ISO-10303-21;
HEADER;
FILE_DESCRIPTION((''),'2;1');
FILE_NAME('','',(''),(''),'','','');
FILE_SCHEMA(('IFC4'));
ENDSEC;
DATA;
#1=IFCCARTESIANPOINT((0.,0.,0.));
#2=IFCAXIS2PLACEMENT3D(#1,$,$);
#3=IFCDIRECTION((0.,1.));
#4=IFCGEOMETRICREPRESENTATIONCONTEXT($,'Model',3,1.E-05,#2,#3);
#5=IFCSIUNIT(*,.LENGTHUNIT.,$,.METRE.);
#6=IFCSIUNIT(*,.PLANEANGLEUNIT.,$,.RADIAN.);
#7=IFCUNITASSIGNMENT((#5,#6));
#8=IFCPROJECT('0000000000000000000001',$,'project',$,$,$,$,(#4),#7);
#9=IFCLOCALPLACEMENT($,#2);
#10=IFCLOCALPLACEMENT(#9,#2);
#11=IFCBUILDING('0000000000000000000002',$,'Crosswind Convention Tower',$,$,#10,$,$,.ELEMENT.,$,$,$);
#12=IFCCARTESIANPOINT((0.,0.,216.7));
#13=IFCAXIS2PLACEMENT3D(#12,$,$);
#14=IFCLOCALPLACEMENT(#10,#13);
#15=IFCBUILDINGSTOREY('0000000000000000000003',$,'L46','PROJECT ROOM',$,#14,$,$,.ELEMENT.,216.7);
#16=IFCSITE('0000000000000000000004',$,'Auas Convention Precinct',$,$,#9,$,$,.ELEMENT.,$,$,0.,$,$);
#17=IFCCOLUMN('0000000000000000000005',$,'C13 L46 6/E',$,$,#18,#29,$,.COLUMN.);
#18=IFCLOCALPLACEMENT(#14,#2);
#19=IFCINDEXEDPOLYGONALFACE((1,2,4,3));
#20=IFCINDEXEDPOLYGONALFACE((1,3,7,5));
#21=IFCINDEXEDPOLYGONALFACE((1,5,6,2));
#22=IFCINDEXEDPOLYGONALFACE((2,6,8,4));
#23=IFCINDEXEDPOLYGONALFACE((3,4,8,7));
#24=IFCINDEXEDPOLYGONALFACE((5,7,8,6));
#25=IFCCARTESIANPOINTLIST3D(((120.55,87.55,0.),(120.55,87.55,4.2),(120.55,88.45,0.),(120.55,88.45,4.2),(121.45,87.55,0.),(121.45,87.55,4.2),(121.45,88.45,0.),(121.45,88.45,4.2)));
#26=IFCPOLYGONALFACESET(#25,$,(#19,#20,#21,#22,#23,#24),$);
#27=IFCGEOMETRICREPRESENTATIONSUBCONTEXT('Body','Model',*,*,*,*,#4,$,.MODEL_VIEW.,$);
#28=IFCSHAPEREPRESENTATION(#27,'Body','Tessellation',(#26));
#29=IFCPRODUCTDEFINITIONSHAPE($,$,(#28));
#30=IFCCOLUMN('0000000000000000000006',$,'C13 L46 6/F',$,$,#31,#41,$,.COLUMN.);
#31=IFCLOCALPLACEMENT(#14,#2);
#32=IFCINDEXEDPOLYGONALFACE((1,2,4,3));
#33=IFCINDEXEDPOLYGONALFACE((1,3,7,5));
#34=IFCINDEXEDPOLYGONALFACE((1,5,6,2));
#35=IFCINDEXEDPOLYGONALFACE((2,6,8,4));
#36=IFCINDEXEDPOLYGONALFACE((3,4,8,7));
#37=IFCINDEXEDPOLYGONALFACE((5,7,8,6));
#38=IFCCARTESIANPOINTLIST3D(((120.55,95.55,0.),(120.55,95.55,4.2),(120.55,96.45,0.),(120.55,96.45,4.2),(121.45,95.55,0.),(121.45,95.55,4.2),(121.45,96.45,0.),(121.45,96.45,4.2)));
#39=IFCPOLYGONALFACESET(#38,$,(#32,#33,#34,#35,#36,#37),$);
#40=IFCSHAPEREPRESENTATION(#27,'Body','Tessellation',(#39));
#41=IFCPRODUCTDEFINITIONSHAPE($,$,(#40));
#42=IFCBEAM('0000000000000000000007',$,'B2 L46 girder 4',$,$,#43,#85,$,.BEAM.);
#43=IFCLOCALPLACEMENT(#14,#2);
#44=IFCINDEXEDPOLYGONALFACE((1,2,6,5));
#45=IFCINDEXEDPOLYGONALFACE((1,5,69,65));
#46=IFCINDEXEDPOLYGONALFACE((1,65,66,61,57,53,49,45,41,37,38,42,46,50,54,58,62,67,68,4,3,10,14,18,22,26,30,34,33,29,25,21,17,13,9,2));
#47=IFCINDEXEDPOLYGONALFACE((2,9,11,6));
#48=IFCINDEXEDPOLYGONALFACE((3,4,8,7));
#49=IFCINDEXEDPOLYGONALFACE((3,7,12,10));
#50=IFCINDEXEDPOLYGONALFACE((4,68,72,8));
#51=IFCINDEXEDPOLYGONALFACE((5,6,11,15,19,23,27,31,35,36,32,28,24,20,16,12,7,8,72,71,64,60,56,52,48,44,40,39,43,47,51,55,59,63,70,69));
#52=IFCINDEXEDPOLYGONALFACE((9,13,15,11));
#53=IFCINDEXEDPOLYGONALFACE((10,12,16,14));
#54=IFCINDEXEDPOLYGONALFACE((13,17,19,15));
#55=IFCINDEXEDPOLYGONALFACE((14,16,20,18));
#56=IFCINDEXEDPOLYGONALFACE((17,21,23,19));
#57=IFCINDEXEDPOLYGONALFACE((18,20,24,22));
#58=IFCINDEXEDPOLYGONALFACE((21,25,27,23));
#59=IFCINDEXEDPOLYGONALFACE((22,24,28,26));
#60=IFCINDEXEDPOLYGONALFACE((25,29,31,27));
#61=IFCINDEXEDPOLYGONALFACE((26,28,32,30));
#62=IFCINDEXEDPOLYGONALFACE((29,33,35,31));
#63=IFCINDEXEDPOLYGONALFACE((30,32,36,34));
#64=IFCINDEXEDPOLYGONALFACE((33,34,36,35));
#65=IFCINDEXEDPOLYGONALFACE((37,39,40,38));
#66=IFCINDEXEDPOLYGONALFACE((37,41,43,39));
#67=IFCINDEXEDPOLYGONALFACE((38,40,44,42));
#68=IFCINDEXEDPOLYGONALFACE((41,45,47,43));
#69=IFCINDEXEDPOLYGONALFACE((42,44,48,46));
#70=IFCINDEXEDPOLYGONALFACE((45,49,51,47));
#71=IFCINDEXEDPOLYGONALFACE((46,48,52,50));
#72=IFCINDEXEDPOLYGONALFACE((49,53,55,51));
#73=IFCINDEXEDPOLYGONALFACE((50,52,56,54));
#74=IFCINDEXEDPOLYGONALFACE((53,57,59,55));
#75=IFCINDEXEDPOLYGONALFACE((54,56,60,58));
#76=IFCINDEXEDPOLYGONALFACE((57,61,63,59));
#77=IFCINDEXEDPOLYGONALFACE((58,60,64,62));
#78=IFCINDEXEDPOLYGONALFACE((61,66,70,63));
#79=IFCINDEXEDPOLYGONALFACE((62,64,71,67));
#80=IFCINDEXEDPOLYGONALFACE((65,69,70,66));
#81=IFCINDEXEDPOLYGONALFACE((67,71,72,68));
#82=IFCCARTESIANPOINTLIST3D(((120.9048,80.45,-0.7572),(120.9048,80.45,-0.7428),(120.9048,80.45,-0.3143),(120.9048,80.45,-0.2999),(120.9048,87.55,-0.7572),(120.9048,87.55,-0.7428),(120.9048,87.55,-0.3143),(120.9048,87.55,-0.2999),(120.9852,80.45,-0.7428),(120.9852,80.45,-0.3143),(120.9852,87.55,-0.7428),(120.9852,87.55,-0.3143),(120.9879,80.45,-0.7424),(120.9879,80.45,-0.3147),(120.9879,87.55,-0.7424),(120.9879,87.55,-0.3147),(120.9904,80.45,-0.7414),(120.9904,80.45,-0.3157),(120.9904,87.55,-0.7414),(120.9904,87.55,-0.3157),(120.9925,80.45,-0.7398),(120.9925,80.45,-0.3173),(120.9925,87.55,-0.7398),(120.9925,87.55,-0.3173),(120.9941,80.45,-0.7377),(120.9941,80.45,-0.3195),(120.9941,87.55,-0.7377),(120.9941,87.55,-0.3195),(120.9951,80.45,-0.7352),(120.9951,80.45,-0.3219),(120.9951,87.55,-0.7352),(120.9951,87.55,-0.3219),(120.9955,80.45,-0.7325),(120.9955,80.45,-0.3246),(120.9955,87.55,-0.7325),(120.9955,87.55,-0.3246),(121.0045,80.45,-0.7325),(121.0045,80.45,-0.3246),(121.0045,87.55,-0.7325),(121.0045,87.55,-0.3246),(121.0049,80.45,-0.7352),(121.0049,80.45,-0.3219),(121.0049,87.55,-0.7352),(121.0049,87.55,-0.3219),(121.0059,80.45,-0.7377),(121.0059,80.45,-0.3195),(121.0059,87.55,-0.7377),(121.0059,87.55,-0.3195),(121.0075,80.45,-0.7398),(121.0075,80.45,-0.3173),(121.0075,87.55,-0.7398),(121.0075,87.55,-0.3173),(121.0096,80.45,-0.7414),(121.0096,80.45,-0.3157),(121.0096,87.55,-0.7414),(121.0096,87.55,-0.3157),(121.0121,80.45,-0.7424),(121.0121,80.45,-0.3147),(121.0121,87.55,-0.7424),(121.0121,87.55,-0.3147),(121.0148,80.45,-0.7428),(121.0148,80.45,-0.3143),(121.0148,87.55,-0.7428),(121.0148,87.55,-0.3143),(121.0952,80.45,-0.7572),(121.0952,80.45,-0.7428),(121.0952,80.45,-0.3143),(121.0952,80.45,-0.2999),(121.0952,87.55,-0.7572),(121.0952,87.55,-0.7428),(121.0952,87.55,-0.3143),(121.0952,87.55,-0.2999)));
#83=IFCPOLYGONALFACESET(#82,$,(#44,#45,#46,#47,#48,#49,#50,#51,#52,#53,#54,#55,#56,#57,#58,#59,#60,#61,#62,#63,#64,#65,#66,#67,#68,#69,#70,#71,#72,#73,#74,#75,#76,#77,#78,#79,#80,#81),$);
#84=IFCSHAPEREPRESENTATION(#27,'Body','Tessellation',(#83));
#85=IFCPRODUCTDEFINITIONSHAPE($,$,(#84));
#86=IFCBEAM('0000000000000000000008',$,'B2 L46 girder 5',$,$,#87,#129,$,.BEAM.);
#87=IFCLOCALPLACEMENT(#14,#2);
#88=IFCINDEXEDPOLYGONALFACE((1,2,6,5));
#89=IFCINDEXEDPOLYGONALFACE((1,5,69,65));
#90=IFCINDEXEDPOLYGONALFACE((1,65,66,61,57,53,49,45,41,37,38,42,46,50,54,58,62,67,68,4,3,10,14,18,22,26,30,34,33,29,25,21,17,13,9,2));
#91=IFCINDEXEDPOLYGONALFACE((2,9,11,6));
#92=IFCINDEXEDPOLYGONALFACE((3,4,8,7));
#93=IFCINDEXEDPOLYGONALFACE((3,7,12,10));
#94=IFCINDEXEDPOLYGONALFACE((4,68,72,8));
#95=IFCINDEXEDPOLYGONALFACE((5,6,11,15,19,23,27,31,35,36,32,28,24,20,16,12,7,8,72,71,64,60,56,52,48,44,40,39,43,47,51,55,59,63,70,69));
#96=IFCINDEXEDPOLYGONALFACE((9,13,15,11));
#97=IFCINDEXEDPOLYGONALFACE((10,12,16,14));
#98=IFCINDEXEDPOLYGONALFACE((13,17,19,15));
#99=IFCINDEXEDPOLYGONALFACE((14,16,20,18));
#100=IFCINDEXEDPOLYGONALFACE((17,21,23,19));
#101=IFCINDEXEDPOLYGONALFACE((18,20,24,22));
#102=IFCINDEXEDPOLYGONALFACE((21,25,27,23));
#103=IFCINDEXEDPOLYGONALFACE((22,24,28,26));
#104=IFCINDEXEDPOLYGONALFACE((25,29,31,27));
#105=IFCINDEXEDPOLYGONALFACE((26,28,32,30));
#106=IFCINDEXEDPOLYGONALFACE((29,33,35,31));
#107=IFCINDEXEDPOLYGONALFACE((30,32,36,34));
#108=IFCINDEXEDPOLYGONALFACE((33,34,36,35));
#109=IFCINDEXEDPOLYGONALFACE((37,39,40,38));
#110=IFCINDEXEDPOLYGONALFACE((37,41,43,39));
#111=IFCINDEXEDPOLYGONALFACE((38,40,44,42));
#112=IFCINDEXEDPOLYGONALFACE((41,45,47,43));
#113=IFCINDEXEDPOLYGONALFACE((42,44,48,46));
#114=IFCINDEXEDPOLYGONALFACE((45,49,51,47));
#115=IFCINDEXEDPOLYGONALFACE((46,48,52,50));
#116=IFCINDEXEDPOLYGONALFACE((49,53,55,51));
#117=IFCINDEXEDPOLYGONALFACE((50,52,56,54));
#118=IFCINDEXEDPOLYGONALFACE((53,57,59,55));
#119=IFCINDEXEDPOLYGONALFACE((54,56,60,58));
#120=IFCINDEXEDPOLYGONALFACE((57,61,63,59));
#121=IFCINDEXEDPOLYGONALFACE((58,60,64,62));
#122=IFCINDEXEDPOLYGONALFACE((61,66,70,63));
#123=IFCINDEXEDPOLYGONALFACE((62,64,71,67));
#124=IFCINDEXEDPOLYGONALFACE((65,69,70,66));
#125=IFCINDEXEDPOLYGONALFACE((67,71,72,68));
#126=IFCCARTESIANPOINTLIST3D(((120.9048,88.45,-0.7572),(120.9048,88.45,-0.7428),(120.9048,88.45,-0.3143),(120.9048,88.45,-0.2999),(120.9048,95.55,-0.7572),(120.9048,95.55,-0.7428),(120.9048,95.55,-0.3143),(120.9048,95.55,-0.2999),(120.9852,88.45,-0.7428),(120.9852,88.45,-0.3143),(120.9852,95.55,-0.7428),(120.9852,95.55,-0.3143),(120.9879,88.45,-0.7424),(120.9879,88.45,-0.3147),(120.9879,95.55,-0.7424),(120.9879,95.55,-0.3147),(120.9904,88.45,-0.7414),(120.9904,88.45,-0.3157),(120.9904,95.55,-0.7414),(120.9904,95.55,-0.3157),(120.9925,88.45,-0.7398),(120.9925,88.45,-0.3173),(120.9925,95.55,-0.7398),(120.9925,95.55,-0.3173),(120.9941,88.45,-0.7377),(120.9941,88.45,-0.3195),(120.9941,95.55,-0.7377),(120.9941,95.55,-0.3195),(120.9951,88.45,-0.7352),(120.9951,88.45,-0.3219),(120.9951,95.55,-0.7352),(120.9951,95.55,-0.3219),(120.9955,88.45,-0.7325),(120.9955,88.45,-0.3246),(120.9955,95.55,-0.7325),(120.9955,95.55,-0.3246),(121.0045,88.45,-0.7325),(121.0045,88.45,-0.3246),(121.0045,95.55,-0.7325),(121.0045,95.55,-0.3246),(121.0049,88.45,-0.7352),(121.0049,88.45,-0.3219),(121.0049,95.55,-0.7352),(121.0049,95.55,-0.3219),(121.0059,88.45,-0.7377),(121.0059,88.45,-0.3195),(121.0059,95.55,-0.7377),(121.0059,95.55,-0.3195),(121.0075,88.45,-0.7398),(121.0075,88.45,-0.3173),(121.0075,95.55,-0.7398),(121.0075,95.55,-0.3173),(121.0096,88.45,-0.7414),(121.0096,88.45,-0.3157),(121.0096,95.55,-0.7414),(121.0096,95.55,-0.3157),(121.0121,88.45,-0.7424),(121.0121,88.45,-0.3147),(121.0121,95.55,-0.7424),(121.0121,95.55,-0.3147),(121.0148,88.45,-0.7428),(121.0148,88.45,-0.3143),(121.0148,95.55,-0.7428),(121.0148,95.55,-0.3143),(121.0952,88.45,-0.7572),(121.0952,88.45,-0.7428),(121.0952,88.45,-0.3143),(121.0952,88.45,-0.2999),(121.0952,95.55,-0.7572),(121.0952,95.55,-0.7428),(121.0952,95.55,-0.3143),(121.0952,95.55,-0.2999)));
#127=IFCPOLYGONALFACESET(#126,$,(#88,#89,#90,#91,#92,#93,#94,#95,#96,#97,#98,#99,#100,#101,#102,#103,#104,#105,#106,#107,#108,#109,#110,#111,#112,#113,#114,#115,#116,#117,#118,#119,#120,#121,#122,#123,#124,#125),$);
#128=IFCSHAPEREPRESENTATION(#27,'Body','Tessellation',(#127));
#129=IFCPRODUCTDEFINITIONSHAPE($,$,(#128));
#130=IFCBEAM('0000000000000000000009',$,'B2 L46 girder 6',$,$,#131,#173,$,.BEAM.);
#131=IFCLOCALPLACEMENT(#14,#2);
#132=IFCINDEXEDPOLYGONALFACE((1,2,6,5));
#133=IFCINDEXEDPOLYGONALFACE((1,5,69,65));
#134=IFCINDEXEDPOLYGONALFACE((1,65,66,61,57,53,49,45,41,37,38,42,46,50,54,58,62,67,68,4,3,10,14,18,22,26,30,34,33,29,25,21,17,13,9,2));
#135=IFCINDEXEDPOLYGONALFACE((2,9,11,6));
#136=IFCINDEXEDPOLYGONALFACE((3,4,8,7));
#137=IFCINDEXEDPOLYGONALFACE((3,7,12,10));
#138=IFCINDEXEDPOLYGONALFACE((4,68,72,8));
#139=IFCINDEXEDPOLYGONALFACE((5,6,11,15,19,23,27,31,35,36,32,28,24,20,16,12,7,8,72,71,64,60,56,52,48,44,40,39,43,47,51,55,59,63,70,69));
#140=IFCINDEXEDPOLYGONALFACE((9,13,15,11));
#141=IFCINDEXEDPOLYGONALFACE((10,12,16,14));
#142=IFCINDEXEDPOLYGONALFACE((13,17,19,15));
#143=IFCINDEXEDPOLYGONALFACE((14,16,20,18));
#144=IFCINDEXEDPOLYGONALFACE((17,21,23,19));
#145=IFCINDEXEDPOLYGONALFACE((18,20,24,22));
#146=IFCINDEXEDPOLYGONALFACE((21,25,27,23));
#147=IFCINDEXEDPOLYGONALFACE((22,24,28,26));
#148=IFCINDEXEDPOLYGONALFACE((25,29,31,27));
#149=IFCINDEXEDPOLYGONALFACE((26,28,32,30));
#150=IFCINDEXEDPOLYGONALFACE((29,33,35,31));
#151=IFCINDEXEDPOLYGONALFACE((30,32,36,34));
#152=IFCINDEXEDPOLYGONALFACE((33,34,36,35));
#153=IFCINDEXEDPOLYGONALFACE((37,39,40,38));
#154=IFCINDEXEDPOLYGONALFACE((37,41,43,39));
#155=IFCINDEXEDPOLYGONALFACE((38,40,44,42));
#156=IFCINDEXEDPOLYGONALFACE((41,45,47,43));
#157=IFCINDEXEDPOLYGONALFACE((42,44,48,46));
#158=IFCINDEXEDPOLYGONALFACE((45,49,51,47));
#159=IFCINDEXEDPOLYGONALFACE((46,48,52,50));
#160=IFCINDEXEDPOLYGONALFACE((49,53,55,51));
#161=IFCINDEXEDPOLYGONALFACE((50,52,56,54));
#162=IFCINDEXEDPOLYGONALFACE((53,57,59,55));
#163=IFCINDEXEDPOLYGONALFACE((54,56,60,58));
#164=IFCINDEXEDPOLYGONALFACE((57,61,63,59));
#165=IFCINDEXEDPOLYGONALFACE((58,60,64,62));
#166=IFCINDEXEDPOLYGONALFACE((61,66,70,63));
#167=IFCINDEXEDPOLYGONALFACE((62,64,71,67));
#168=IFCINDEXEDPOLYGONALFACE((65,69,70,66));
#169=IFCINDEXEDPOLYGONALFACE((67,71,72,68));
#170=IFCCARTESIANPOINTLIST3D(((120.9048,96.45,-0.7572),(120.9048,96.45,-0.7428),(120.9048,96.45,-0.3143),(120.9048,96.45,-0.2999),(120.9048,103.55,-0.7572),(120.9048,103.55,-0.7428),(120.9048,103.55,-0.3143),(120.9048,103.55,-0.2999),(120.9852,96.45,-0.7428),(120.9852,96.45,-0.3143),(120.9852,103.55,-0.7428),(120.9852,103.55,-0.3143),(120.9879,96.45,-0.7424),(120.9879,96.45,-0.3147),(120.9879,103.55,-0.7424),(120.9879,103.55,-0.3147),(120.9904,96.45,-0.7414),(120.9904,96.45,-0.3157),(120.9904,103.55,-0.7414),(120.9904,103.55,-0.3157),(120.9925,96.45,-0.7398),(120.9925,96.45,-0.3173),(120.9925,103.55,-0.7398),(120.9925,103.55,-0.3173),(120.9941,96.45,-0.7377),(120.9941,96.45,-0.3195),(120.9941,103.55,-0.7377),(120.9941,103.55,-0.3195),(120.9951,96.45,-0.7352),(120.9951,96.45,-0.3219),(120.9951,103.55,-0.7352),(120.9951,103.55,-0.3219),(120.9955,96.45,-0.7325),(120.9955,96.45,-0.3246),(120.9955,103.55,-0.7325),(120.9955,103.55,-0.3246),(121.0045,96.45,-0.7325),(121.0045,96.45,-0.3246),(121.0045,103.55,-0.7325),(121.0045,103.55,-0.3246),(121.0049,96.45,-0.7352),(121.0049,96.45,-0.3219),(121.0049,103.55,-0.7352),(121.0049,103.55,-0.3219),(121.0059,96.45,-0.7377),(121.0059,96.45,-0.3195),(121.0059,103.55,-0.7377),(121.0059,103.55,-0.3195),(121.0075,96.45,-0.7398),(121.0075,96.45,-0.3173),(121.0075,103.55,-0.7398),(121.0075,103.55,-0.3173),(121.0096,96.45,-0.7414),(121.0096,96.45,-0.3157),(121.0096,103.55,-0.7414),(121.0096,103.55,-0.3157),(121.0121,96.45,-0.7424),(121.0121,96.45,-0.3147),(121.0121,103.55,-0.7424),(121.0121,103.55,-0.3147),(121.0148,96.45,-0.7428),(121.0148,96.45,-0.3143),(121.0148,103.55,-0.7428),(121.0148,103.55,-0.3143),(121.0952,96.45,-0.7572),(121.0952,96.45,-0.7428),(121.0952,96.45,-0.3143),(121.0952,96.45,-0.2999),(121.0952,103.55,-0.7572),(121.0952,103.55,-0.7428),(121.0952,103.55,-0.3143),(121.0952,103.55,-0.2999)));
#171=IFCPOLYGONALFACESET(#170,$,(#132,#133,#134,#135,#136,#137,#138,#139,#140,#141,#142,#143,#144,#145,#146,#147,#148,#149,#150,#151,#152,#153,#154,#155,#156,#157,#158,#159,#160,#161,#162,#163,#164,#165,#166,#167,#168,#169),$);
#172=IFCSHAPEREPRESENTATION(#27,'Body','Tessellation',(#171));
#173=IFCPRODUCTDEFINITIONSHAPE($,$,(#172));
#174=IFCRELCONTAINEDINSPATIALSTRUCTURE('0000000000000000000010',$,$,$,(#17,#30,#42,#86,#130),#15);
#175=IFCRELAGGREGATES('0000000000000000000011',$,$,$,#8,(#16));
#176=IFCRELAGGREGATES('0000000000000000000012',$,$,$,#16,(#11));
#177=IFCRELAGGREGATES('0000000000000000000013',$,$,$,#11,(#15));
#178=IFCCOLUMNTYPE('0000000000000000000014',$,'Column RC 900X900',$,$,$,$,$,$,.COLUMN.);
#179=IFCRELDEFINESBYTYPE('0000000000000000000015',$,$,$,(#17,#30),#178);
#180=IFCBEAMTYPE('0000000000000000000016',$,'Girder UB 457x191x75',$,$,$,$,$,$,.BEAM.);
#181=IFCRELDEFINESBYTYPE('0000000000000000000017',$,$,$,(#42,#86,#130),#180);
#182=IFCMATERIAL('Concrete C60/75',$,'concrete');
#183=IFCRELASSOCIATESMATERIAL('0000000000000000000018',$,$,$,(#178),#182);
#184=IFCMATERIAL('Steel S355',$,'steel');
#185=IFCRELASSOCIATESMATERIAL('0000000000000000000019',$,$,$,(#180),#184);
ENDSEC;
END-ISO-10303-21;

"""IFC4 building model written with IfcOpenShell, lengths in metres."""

from ifc_helpers import new_model, si_unit, direction, frame, origin, origin_2d, place, context, subcontext, project, spatial, rectangle, i_section, extrude, material, material_profile, profile_set, type_object, element, save


model = new_model("IFC4")

# Units and contexts
model_context = context("Model", 3, precision=1e-05, world=origin(), true_north=direction((0.0, 1.0)))
body_context = subcontext(model_context, "Body", "Model", "MODEL_VIEW")
ifc_project = project(units=[si_unit("LENGTHUNIT", "METRE"), si_unit("PLANEANGLEUNIT", "RADIAN")], contexts=[model_context])

# Site, building, storey
site_placement = place(None, origin())
site = spatial("IfcSite", under=ifc_project, at=site_placement, Name="Auas Convention Precinct", CompositionType="ELEMENT", RefElevation=0.0)
building_placement = place(site_placement, origin())
building = spatial("IfcBuilding", under=site, at=building_placement, Name="Crosswind Convention Tower", CompositionType="ELEMENT")
storey_placement = place(building_placement, frame((0.0, 0.0, 216.7)))
storey = spatial("IfcBuildingStorey", under=building, at=storey_placement, Name="L46", Description="PROJECT ROOM", CompositionType="ELEMENT", Elevation=216.7)

# Columns
ifc_material_1 = material(Name="Concrete C60/75", Category="concrete")
ifc_material_profile_1 = material_profile(ifc_material_1, rectangle(XDim=0.8999, YDim=0.8999, at=origin_2d()), Name="RC 900X900")
ifc_profile_set_1 = profile_set([ifc_material_profile_1], Name="Concrete C60/75")
column_type = type_object("IfcColumnType", Name="Column RC 900X900", PredefinedType="COLUMN", material=ifc_profile_set_1)
for number, where, z_axis, x_axis, name in (
    (1, (121.0, 88.0, 0.0), (0.0, 0.0, 1.0), (1.0, 0.0, 0.0), "C13 L46 6/E"),
    (2, (121.0, 96.0, 0.0), (0.0, 0.0, 1.0), (1.0, 0.0, 0.0), "C13 L46 6/F"),
):
    element("IfcColumn", number, at=place(storey_placement, frame(where, z_axis=z_axis, x_axis=x_axis)), inside=storey, type_object=column_type, Name=name, PredefinedType="COLUMN", context=body_context, shape_type="SweptSolid", body=[
        extrude(rectangle(XDim=0.8999, YDim=0.8999, at=origin_2d()), origin(), (0.0, 0.0, 1.0), 4.2),
    ])

# Beams
ifc_material_2 = material(Name="Steel S355", Category="steel")
ifc_material_profile_2 = material_profile(ifc_material_2, i_section(OverallWidth=0.1904, OverallDepth=0.4573, WebThickness=0.009, FlangeThickness=0.0144, FilletRadius=0.0103, at=origin_2d()), Name="UB 457x191x75")
ifc_profile_set_2 = profile_set([ifc_material_profile_2], Name="Steel S355")
beam_type_1 = type_object("IfcBeamType", Name="Girder UB 457x191x75", PredefinedType="BEAM", material=ifc_profile_set_2)
for number, where, z_axis, x_axis, name in (
    (3, (121.0, 80.45, -0.5286), (0.0, 1.0, 0.0), (-1.0, 0.0, 0.0), "B2 L46 girder 4"),
    (4, (121.0, 88.45, -0.5286), (0.0, 1.0, 0.0), (-1.0, 0.0, 0.0), "B2 L46 girder 5"),
    (5, (121.0, 96.45, -0.5286), (0.0, 1.0, 0.0), (-1.0, 0.0, 0.0), "B2 L46 girder 6"),
):
    element("IfcBeam", number, at=place(storey_placement, frame(where, z_axis=z_axis, x_axis=x_axis)), inside=storey, type_object=beam_type_1, Name=name, PredefinedType="BEAM", context=body_context, shape_type="SweptSolid", body=[
        extrude(i_section(OverallWidth=0.1904, OverallDepth=0.4573, WebThickness=0.009, FlangeThickness=0.0144, FilletRadius=0.0103, at=origin_2d()), origin(), (0.0, 0.0, 1.0), 7.1001),
    ])

save(model, "model.ifc")
